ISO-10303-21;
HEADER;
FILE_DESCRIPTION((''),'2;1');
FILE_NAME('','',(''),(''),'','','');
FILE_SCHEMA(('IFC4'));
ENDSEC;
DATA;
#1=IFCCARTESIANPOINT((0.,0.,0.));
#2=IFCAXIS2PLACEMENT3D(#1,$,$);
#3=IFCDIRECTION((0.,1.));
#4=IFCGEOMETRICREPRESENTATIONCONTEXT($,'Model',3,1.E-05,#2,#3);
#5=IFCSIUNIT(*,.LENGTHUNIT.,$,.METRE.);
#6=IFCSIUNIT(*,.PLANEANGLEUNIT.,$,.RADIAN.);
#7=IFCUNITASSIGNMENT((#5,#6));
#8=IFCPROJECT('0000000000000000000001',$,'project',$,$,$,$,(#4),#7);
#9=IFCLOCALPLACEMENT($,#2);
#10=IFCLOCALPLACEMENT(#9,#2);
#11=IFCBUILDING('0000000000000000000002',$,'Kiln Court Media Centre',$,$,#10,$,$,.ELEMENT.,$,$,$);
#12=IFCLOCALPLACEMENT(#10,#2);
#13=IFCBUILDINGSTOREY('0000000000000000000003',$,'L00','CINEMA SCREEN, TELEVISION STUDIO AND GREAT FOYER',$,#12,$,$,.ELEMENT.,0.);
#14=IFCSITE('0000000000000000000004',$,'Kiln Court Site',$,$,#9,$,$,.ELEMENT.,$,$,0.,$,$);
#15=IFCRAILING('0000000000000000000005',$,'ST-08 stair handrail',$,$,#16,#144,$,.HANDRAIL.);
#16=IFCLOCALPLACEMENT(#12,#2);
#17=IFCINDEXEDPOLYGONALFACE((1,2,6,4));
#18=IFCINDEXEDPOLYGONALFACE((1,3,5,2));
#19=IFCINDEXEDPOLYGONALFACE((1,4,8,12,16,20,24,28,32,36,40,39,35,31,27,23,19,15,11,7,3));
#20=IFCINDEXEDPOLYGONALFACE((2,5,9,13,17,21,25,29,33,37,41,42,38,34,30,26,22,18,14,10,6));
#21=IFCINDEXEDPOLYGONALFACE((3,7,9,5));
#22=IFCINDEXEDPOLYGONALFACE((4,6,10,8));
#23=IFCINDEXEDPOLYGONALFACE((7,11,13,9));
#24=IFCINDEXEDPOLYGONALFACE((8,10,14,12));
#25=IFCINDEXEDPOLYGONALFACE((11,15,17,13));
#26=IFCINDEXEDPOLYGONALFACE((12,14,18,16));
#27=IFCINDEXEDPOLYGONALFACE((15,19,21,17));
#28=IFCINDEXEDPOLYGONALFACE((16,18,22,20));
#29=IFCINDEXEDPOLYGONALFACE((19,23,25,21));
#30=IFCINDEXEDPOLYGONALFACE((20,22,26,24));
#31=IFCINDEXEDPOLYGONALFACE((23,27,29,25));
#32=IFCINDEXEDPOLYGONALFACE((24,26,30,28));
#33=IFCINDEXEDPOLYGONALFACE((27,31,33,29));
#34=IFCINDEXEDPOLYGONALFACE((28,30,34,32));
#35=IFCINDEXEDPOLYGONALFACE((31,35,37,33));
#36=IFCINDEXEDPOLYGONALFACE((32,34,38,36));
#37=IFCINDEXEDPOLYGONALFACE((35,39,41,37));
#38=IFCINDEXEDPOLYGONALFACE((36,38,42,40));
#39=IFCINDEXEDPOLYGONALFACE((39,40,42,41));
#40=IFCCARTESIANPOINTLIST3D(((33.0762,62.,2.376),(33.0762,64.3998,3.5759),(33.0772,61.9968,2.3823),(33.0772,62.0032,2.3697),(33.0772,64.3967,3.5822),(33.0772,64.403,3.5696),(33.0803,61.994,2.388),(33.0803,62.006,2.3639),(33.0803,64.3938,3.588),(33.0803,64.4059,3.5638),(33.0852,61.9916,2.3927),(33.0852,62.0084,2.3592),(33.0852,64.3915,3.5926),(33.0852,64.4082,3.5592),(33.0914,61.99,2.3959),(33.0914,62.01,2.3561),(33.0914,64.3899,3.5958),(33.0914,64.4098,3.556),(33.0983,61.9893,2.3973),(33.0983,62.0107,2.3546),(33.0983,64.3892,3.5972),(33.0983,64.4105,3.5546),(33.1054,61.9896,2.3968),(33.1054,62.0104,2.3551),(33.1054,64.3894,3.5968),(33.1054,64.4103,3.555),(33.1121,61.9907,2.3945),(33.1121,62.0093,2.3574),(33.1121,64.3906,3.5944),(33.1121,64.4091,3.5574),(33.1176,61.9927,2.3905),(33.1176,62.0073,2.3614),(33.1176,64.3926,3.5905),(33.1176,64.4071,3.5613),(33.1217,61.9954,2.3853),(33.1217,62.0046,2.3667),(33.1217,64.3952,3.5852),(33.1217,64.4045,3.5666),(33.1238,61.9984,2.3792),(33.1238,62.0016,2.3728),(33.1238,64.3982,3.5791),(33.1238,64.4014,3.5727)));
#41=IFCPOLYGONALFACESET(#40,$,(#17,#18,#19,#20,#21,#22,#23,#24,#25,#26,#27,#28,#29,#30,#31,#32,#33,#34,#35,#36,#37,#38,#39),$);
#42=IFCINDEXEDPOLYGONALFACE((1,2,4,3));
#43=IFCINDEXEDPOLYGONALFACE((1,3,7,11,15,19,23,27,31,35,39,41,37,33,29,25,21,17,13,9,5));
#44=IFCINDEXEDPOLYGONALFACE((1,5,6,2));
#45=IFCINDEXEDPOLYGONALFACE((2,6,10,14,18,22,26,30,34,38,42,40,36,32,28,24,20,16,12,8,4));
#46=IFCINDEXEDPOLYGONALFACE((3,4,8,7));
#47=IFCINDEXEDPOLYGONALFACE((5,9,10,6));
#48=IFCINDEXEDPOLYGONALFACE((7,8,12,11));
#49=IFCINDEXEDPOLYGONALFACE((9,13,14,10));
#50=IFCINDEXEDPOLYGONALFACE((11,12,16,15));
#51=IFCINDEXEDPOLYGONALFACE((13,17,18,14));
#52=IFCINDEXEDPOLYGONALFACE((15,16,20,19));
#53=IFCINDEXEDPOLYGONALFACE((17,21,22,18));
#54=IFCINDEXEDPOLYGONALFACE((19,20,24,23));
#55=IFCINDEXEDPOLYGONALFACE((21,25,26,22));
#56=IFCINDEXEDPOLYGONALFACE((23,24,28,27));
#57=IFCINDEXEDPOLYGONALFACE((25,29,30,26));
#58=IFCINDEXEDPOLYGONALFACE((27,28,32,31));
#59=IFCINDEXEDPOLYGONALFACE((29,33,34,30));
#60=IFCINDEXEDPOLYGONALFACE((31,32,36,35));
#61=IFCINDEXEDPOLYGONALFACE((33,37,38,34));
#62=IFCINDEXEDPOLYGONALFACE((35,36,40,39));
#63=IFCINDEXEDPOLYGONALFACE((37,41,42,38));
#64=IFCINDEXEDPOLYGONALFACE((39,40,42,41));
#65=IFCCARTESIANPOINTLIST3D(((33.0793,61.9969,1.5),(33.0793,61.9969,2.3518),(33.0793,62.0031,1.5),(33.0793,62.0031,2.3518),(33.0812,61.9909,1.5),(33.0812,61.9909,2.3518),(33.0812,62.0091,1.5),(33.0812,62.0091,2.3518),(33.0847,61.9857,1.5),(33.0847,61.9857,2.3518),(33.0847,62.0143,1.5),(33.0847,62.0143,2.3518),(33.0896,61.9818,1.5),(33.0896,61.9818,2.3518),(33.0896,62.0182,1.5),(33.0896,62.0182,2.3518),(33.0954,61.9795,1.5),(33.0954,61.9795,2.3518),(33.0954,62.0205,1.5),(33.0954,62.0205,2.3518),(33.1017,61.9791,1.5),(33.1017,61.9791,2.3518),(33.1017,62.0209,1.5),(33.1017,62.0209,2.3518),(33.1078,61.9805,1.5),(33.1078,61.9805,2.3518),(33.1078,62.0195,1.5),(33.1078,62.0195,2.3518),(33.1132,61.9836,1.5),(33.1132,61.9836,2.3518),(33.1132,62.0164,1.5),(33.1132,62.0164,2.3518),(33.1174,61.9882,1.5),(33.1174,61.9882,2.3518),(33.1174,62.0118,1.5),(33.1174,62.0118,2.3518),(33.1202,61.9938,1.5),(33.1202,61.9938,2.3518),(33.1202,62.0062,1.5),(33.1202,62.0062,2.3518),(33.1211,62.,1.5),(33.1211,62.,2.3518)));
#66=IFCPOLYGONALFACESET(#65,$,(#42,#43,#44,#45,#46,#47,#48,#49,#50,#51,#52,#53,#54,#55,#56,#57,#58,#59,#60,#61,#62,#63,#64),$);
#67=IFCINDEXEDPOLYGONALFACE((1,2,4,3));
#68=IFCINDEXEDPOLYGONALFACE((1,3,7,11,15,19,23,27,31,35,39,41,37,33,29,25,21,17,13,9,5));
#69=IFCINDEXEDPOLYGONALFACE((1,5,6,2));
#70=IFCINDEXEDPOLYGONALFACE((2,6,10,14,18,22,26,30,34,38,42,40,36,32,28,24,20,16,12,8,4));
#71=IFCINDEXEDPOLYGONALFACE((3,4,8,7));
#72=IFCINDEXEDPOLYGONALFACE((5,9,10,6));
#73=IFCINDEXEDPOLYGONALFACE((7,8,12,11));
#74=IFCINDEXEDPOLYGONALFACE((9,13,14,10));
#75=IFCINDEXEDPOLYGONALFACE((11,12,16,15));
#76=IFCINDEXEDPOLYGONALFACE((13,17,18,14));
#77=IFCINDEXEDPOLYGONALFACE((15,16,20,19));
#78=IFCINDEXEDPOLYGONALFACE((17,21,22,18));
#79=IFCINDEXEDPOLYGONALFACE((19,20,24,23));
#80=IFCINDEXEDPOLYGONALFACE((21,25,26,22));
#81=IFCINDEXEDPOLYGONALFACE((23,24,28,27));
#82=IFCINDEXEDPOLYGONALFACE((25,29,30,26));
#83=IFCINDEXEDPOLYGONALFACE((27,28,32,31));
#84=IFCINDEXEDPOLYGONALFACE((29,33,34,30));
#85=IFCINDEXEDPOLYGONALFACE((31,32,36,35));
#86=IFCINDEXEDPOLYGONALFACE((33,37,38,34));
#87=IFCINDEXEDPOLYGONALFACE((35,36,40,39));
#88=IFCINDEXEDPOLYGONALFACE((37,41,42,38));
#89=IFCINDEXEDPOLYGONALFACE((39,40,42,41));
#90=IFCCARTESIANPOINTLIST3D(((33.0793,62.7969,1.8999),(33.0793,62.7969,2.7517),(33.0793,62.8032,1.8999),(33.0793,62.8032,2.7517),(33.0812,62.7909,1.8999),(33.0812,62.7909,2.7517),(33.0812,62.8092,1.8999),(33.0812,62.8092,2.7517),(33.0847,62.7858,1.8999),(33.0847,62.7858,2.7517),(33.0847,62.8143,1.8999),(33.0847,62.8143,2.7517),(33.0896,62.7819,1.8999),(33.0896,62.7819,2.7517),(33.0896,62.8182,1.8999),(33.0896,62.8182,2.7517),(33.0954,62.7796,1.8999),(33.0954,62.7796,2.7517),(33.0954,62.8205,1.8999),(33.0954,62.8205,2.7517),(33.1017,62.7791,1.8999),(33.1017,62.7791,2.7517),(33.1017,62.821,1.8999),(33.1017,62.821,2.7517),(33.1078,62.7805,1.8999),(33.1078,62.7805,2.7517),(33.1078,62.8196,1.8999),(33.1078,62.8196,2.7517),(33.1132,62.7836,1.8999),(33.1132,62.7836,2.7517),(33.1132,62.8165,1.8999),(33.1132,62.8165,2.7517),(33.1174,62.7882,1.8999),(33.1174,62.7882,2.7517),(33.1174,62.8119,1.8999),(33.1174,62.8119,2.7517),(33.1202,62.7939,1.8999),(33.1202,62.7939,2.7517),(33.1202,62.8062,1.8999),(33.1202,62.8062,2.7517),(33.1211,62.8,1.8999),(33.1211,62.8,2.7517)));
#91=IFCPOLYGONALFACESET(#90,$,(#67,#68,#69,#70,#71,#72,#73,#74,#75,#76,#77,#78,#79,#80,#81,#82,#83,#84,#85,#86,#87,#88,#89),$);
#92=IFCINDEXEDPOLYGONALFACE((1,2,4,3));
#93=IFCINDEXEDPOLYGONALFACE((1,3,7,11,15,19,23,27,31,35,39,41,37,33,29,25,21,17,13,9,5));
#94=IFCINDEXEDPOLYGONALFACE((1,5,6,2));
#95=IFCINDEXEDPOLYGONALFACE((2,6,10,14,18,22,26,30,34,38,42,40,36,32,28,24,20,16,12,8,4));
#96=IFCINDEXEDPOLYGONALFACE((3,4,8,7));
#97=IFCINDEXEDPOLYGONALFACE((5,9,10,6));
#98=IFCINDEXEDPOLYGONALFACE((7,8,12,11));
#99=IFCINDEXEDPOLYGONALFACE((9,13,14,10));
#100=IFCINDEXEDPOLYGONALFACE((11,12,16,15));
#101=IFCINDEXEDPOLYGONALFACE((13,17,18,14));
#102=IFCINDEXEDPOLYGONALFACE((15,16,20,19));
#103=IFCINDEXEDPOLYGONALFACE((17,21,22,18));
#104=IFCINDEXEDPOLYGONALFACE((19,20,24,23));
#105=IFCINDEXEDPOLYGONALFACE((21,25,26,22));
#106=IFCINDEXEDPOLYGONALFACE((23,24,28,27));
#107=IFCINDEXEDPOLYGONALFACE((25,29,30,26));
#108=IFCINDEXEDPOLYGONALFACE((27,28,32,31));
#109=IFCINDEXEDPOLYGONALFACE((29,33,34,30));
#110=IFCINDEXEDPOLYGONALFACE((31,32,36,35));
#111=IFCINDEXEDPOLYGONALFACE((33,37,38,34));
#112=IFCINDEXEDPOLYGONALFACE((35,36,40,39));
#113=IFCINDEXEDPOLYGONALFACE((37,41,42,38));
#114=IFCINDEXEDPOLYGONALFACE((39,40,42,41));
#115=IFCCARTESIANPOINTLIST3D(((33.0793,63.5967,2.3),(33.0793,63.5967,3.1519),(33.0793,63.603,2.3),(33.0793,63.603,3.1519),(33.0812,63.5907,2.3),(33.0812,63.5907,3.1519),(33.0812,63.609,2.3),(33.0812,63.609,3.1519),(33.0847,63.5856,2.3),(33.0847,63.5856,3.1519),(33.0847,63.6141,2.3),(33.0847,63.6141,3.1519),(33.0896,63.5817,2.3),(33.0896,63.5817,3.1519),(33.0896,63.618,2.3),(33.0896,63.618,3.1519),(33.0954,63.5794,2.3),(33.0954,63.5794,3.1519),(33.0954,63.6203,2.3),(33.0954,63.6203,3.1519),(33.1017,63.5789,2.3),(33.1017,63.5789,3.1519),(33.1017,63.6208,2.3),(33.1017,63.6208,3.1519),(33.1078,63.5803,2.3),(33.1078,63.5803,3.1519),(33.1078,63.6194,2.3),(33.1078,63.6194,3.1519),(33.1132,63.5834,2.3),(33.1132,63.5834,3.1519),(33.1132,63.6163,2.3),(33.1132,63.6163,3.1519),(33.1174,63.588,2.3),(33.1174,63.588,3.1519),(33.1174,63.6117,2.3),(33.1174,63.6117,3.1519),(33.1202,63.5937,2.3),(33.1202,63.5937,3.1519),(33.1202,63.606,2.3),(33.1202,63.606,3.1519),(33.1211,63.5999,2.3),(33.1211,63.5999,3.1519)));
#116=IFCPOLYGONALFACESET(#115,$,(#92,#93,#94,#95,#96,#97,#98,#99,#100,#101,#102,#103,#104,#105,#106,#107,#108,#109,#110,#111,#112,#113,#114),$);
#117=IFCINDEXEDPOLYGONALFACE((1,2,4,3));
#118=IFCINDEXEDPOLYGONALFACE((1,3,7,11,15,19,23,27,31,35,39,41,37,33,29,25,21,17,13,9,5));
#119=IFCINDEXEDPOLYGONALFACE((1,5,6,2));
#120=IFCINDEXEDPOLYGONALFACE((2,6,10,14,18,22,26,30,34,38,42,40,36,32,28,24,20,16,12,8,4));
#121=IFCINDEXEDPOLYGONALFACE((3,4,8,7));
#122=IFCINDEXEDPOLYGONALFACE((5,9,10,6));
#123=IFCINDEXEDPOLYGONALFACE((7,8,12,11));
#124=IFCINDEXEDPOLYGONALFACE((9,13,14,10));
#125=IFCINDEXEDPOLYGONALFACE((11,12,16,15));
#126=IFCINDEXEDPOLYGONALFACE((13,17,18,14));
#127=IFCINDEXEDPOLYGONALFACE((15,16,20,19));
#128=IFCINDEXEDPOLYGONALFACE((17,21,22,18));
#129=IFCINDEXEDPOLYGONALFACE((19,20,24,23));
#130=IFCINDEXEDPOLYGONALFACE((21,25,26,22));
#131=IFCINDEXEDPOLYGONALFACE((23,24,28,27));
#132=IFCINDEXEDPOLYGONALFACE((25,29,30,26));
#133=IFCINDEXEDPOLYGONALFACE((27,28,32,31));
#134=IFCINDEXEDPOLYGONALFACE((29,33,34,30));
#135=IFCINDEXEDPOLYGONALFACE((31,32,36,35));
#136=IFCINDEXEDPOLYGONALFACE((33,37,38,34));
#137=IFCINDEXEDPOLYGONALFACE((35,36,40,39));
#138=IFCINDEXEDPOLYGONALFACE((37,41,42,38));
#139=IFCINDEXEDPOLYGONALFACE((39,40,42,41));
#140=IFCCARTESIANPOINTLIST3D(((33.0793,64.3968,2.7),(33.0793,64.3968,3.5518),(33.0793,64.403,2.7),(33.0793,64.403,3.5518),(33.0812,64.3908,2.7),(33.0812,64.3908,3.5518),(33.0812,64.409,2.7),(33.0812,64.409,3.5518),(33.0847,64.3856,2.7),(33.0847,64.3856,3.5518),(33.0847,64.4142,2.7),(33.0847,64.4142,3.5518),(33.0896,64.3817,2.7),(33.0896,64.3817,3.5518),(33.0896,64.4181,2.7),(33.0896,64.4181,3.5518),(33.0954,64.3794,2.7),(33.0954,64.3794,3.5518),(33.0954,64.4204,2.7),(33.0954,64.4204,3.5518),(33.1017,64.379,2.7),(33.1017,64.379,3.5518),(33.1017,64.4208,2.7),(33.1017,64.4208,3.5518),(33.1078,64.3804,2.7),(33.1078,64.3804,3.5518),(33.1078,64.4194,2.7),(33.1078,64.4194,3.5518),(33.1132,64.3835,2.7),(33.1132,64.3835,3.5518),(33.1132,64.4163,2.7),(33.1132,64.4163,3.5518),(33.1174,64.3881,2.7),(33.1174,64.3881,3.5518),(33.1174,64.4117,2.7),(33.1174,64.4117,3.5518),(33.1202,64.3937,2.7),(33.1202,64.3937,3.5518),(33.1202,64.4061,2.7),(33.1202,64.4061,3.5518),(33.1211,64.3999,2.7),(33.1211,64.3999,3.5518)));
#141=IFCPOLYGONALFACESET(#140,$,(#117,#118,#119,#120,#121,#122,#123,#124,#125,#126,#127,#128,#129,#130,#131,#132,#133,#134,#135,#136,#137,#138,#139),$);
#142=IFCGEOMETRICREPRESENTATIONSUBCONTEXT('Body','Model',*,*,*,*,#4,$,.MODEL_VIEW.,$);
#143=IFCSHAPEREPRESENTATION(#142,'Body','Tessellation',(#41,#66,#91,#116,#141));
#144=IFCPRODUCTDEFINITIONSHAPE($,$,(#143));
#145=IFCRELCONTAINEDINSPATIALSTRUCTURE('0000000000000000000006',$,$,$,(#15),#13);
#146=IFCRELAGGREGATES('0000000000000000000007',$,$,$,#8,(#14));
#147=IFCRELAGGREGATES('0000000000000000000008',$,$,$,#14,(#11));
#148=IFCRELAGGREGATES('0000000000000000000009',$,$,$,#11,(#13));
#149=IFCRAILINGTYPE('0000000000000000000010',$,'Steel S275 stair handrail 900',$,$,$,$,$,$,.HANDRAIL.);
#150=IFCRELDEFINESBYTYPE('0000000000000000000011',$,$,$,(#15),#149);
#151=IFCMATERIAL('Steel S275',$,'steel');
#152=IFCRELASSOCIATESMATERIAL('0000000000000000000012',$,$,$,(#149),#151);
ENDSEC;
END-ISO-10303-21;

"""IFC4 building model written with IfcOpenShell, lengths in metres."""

from ifc_helpers import new_model, si_unit, direction, frame, origin, origin_2d, place, context, subcontext, project, spatial, circle, extrude, material, type_object, element, save


model = new_model("IFC4")

# Units and contexts
model_context = context("Model", 3, precision=1e-05, world=origin(), true_north=direction((0.0, 1.0)))
body_context = subcontext(model_context, "Body", "Model", "MODEL_VIEW")
ifc_project = project(units=[si_unit("LENGTHUNIT", "METRE"), si_unit("PLANEANGLEUNIT", "RADIAN")], contexts=[model_context])

# Site, building, storey
site_placement = place(None, origin())
site = spatial("IfcSite", under=ifc_project, at=site_placement, Name="Kiln Court Site", CompositionType="ELEMENT", RefElevation=0.0)
building_placement = place(site_placement, origin())
building = spatial("IfcBuilding", under=site, at=building_placement, Name="Kiln Court Media Centre", CompositionType="ELEMENT")
storey_placement = place(building_placement, origin())
storey = spatial("IfcBuildingStorey", under=building, at=storey_placement, Name="L00", Description="CINEMA SCREEN, TELEVISION STUDIO AND GREAT FOYER", CompositionType="ELEMENT", Elevation=0.0)

# Railing
ifc_material_1 = material(Name="Steel S275", Category="steel")
railing_type_1 = type_object("IfcRailingType", Name="Steel S275 stair handrail 900", PredefinedType="HANDRAIL", material=ifc_material_1)
for number, where, name in (
    (1, (33.1001, 62.0, 1.5), "ST-08 stair handrail"),
):
    element("IfcRailing", number, at=place(storey_placement, frame(where)), inside=storey, type_object=railing_type_1, Name=name, PredefinedType="HANDRAIL", context=body_context, shape_type="SweptSolid", body=[
        extrude(circle(Radius=0.0239, at=origin_2d()), frame((0.0, 0.0, 0.876), z_axis=(0.0, 0.894427, 0.447214), x_axis=(-1.0, 0.0, 0.0)), (0.0, 0.0, 1.0), 2.6831),
        extrude(circle(Radius=0.021, at=origin_2d()), origin(), (0.0, 0.0, 1.0), 0.8518),
        extrude(circle(Radius=0.021, at=origin_2d()), frame((0.0, 0.8, 0.3999)), (0.0, 0.0, 1.0), 0.8518),
        extrude(circle(Radius=0.021, at=origin_2d()), frame((0.0, 1.5999, 0.8)), (0.0, 0.0, 1.0), 0.8518),
        extrude(circle(Radius=0.021, at=origin_2d()), frame((0.0, 2.3999, 1.2)), (0.0, 0.0, 1.0), 0.8518),
    ])

save(model, "model.ifc")
